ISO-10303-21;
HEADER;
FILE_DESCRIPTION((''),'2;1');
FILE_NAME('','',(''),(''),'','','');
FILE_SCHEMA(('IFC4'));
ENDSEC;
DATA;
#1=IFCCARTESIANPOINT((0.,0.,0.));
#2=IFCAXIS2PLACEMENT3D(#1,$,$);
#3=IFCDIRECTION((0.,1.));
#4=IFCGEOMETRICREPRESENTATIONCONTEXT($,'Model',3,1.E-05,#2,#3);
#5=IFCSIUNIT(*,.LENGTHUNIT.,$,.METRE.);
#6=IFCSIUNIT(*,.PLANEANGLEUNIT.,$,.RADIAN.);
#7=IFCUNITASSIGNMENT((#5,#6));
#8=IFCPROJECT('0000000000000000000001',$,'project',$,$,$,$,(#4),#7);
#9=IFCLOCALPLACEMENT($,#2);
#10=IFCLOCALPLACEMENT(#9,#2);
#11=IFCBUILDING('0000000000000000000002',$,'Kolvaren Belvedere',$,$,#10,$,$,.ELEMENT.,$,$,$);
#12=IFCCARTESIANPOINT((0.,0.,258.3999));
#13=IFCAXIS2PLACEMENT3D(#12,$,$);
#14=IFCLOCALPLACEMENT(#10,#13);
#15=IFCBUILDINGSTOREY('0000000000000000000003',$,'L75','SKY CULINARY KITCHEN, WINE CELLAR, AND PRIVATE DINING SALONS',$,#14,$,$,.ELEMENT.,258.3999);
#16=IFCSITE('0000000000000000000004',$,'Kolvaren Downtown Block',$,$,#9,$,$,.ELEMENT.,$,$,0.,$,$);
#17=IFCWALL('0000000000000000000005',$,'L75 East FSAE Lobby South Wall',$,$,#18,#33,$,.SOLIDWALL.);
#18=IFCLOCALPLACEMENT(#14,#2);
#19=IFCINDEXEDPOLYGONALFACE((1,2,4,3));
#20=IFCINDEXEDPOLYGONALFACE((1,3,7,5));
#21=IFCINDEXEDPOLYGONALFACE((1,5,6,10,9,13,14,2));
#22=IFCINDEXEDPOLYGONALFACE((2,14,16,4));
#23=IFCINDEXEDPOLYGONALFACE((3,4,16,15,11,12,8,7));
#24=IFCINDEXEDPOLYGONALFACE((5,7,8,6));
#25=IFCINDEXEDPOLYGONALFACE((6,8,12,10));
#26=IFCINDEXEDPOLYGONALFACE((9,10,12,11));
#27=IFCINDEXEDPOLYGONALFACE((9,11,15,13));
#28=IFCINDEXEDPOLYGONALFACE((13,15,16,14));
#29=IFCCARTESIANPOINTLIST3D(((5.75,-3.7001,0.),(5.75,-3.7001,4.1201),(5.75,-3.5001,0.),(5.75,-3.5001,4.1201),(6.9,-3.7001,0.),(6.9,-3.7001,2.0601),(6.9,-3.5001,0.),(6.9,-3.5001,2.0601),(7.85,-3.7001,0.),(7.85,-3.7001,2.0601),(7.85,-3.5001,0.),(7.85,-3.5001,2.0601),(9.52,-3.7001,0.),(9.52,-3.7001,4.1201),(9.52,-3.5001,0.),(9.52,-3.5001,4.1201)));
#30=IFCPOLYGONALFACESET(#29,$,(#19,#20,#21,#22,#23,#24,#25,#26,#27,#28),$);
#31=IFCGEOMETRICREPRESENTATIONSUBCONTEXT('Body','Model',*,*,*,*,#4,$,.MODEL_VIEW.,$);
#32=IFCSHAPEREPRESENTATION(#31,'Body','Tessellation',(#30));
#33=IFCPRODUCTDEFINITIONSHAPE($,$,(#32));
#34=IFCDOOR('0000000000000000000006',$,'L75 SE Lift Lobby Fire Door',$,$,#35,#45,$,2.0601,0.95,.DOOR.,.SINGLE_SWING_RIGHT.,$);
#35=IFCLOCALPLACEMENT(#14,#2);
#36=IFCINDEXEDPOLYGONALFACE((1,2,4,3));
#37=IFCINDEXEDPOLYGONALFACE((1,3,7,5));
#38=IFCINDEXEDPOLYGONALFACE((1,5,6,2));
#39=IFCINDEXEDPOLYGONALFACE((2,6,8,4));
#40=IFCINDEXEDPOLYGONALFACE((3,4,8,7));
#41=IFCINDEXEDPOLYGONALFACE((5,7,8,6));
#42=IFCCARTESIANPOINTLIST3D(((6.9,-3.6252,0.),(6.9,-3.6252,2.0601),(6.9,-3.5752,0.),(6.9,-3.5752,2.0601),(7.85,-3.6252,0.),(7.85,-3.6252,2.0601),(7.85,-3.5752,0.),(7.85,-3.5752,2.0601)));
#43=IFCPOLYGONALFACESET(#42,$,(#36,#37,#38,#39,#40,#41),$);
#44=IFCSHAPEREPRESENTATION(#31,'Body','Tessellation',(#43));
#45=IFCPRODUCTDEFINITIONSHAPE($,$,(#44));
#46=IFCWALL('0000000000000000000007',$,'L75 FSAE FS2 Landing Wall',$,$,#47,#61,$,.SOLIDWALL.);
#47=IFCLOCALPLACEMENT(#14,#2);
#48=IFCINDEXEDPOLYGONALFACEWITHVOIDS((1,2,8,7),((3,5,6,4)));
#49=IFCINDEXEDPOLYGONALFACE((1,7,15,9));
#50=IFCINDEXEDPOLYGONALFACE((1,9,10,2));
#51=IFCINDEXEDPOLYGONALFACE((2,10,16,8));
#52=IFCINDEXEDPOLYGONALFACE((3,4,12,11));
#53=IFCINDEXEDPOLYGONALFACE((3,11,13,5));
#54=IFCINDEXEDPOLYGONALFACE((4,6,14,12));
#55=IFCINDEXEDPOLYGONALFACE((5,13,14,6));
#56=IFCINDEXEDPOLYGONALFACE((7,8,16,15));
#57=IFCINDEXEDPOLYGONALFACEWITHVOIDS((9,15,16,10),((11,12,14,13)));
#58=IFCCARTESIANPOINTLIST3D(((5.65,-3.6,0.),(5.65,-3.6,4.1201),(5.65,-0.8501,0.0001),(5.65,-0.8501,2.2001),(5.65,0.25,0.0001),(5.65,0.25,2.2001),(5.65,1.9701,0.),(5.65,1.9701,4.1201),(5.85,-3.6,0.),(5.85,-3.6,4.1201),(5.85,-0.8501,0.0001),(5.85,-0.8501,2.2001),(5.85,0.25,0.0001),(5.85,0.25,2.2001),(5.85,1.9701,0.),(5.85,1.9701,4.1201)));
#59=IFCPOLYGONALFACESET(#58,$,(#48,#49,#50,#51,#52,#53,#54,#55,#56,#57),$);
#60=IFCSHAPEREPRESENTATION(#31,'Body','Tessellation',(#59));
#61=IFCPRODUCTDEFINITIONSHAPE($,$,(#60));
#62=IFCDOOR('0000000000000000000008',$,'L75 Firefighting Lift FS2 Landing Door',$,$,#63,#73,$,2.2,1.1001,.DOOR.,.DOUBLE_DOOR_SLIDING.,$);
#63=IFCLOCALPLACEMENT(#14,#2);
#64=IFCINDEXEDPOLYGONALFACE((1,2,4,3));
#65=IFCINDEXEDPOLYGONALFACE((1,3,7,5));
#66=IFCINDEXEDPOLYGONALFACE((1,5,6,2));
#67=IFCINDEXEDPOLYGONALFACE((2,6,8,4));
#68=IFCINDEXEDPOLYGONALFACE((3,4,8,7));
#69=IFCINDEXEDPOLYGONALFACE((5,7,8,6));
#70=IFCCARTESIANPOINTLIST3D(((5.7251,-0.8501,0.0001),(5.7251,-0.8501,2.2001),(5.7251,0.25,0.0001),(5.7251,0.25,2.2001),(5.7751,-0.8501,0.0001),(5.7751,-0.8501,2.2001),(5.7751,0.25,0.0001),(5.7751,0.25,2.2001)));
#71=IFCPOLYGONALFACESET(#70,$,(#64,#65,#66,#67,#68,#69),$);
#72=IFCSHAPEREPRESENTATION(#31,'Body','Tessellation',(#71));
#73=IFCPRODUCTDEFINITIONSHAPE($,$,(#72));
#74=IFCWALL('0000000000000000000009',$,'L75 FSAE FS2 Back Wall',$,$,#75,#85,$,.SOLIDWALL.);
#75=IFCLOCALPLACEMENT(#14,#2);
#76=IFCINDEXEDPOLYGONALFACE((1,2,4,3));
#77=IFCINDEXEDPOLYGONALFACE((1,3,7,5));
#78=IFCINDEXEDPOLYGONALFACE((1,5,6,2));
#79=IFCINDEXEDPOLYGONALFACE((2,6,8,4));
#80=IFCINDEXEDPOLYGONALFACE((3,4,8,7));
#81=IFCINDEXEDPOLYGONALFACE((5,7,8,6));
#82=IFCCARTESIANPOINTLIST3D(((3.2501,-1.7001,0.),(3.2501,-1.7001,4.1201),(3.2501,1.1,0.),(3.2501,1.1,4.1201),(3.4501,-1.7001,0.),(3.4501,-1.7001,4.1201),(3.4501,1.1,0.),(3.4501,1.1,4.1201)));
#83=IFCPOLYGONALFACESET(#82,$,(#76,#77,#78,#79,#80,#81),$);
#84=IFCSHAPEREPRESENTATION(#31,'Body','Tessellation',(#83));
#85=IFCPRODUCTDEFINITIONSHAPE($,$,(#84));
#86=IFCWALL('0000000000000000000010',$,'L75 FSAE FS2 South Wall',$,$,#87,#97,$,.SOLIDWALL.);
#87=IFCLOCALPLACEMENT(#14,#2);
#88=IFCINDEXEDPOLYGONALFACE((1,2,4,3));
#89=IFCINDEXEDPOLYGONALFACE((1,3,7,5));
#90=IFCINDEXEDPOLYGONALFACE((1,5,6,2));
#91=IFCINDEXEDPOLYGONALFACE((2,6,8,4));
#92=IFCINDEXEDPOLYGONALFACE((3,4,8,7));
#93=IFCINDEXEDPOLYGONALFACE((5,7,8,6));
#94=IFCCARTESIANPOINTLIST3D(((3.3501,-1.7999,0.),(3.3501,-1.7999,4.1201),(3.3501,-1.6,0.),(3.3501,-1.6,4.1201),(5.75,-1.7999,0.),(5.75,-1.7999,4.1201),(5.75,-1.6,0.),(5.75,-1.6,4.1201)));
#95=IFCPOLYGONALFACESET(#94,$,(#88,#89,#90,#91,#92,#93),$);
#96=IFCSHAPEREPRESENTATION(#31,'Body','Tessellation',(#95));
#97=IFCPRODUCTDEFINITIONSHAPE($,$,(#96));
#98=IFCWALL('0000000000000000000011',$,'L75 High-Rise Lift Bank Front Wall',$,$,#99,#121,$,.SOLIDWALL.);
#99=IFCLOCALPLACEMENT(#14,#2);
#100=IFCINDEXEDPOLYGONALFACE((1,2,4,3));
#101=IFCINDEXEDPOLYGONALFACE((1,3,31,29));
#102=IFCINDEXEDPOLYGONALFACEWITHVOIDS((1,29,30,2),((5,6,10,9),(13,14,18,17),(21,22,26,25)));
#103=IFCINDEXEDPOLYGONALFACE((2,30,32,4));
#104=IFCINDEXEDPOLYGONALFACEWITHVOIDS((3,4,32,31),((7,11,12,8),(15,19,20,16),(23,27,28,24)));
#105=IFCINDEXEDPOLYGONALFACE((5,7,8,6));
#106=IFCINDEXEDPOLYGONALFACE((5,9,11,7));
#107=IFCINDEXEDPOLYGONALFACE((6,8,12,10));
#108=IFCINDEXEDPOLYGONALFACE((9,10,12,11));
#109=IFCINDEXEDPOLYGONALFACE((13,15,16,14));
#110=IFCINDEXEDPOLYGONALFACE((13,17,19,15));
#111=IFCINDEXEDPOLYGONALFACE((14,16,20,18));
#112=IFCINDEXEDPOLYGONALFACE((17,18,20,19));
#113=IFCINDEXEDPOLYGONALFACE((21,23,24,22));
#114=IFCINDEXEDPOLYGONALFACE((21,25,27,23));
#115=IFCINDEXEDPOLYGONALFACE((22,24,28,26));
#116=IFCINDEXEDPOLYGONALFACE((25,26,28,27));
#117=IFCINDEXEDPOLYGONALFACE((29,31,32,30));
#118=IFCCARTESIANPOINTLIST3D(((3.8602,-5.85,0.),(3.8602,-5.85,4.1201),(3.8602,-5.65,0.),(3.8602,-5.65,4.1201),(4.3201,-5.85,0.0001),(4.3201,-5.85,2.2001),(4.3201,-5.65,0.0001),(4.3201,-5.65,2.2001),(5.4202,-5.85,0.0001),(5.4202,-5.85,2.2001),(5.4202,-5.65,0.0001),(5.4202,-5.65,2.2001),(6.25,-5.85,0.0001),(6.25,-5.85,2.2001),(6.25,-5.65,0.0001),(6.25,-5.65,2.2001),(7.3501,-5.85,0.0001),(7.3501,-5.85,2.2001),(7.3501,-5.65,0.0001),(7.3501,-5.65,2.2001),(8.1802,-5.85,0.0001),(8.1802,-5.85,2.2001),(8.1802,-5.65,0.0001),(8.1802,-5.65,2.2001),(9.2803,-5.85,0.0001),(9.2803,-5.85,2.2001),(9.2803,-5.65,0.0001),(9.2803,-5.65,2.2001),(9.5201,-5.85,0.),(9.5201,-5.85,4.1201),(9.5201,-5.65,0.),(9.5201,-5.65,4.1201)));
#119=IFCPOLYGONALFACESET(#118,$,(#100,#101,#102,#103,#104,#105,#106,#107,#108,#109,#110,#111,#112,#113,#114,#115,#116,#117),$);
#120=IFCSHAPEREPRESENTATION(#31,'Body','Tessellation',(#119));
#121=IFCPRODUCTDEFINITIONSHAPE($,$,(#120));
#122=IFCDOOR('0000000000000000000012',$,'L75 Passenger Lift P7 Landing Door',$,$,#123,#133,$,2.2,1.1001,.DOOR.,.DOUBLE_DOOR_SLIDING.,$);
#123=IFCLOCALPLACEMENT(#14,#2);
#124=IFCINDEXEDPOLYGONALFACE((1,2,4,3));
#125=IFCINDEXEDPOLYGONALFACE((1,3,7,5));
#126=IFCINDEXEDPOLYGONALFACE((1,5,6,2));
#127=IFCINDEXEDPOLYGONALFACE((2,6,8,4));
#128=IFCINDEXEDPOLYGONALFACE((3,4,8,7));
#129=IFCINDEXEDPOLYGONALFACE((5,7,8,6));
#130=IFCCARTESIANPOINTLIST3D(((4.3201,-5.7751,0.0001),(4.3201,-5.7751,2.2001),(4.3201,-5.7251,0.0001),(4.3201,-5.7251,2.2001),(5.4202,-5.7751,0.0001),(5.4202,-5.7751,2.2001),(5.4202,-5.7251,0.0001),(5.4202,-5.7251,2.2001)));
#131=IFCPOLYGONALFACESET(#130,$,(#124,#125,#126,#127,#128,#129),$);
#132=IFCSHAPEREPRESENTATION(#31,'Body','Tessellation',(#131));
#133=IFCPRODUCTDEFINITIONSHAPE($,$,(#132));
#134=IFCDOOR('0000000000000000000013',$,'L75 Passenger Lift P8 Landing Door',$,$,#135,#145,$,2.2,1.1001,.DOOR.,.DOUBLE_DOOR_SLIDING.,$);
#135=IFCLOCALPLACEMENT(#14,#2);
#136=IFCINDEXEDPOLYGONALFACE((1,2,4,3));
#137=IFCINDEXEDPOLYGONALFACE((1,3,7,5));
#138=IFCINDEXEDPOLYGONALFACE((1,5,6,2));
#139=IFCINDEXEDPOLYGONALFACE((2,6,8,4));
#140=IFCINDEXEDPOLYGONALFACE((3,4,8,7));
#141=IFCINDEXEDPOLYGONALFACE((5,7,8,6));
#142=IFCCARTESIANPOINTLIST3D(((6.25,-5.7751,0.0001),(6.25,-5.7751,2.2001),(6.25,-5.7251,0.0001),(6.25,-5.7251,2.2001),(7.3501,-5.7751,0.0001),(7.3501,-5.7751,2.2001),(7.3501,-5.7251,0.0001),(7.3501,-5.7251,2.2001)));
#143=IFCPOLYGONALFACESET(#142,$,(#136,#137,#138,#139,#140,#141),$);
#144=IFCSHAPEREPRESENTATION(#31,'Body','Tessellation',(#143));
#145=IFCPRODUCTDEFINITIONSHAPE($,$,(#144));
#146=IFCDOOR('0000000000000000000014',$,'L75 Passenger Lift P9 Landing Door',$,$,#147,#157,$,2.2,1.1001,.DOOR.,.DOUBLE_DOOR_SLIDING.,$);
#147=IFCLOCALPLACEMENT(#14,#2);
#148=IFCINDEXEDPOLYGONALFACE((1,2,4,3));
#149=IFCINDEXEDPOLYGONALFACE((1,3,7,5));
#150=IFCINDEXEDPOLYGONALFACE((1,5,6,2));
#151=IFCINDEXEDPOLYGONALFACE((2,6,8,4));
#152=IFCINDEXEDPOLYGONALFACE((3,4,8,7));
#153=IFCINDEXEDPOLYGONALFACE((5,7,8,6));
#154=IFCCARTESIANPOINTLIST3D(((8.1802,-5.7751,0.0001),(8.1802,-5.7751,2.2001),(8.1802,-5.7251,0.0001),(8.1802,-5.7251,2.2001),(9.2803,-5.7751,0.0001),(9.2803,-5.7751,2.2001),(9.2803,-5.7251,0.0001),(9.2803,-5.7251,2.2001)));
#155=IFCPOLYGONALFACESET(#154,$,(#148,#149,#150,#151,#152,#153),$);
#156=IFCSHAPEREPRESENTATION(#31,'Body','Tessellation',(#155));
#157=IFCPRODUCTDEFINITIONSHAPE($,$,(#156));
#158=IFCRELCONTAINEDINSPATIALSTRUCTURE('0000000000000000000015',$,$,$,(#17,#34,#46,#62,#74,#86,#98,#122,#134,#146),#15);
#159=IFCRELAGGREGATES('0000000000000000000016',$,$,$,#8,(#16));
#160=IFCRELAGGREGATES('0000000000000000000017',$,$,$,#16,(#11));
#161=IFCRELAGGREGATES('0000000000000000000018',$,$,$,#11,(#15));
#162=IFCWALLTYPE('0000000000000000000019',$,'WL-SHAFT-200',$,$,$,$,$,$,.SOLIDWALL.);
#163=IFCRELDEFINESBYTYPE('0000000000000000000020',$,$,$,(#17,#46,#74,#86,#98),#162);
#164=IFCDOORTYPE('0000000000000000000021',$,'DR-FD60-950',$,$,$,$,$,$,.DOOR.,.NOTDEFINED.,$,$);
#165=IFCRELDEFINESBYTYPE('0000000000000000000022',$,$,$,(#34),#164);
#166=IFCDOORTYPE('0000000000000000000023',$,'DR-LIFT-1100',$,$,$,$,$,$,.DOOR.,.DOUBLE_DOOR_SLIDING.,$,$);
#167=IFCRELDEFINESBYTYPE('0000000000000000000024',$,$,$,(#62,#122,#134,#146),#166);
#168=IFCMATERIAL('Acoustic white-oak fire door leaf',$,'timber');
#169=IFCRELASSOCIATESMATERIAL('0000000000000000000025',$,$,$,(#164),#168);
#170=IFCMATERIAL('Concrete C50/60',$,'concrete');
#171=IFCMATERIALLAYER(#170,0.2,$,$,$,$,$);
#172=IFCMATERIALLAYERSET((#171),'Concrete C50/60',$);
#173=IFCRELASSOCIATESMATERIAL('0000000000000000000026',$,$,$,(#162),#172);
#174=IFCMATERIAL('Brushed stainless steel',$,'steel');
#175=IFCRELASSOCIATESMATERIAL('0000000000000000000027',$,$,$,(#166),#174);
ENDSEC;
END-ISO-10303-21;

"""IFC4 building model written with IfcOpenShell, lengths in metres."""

from ifc_helpers import new_model, si_unit, direction, frame, frame_2d, origin, place, context, subcontext, project, spatial, rectangle, extrude, material, layer, layer_set, type_object, element, fill, save


model = new_model("IFC4")

# Units and contexts
model_context = context("Model", 3, precision=1e-05, world=origin(), true_north=direction((0.0, 1.0)))
body_context = subcontext(model_context, "Body", "Model", "MODEL_VIEW")
ifc_project = project(units=[si_unit("LENGTHUNIT", "METRE"), si_unit("PLANEANGLEUNIT", "RADIAN")], contexts=[model_context])

# Site, building, storey
site_placement = place(None, origin())
site = spatial("IfcSite", under=ifc_project, at=site_placement, Name="Kolvaren Downtown Block", CompositionType="ELEMENT", RefElevation=0.0)
building_placement = place(site_placement, origin())
building = spatial("IfcBuilding", under=site, at=building_placement, Name="Kolvaren Belvedere", CompositionType="ELEMENT")
storey_placement = place(building_placement, frame((0.0, 0.0, 258.3999)))
storey = spatial("IfcBuildingStorey", under=building, at=storey_placement, Name="L75", Description="SKY CULINARY KITCHEN, WINE CELLAR, AND PRIVATE DINING SALONS", CompositionType="ELEMENT", Elevation=258.3999)

# Walls, openings, doors
ifc_material_1 = material(Name="Acoustic white-oak fire door leaf", Category="timber")
door_type_1 = type_object("IfcDoorType", Name="DR-FD60-950", OperationType="NOTDEFINED", PredefinedType="DOOR", material=ifc_material_1)
ifc_material_2 = material(Name="Concrete C50/60", Category="concrete")
ifc_layer_1 = layer(ifc_material_2, 0.2)
ifc_layer_set_1 = layer_set([ifc_layer_1], Name="Concrete C50/60")
wall_type_1 = type_object("IfcWallType", Name="WL-SHAFT-200", PredefinedType="SOLIDWALL", material=ifc_layer_set_1)
wall_1_placement = place(storey_placement, frame((5.75, -3.6001, 0.0), z_axis=(0.0, 0.0, 1.0), x_axis=(1.0, 0.0, 0.0)))
wall_1 = element("IfcWall", 1, at=wall_1_placement, inside=storey, type_object=wall_type_1, Name="L75 East FSAE Lobby South Wall", PredefinedType="SOLIDWALL", context=body_context, shape_type="SweptSolid", body=[
    extrude(rectangle(XDim=3.77, YDim=0.2, at=frame_2d((1.885, 0.0))), origin(), (0.0, 0.0, 1.0), 4.1201),
])
opening_1_placement = place(wall_1_placement, frame((1.1499, 0.0, 0.0)))
opening_1 = element("IfcOpeningElement", 2, at=opening_1_placement, cuts=wall_1, PredefinedType="OPENING", context=body_context, shape_type="SweptSolid", body=[
    extrude(rectangle(XDim=0.95, YDim=2.0601, at=frame_2d((0.4751, 1.03))), frame((0.0, 0.1099, 0.0), z_axis=(0.0, -1.0, 0.0), x_axis=(1.0, 0.0, 0.0)), (0.0, 0.0, 1.0), 0.22),
])
door_1_placement = place(opening_1_placement, origin())
door_1 = element("IfcDoor", 3, at=door_1_placement, inside=storey, type_object=door_type_1, Name="L75 SE Lift Lobby Fire Door", OperationType="SINGLE_SWING_RIGHT", OverallHeight=2.0601, OverallWidth=0.95, PredefinedType="DOOR", context=body_context, shape_type="SweptSolid", body=[
    extrude(rectangle(XDim=0.95, YDim=2.0601, at=frame_2d((0.4751, 1.03))), frame((0.0, 0.0249, 0.0), z_axis=(0.0, -1.0, 0.0), x_axis=(1.0, 0.0, 0.0)), (0.0, 0.0, 1.0), 0.05),
])
fill(opening_1, door_1)
wall_2_placement = place(storey_placement, frame((5.75, -3.6001, 0.0), z_axis=(0.0, 0.0, 1.0), x_axis=(0.0, 1.0, 0.0)))
wall_2 = element("IfcWall", 4, at=wall_2_placement, inside=storey, type_object=wall_type_1, Name="L75 FSAE FS2 Landing Wall", PredefinedType="SOLIDWALL", context=body_context, shape_type="SweptSolid", body=[
    extrude(rectangle(XDim=5.5701, YDim=0.2, at=frame_2d((2.7852, 0.0))), origin(), (0.0, 0.0, 1.0), 4.1201),
])
opening_2_placement = place(wall_2_placement, frame((2.75, 0.0, 0.0)))
opening_2 = element("IfcOpeningElement", 5, at=opening_2_placement, cuts=wall_2, PredefinedType="OPENING", context=body_context, shape_type="SweptSolid", body=[
    extrude(rectangle(XDim=1.1001, YDim=2.2, at=frame_2d((0.55, 1.1001))), frame((0.0, 0.1099, 0.0), z_axis=(0.0, -1.0, 0.0), x_axis=(1.0, 0.0, 0.0)), (0.0, 0.0, 1.0), 0.22),
])
ifc_material_3 = material(Name="Brushed stainless steel", Category="steel")
door_type_2 = type_object("IfcDoorType", Name="DR-LIFT-1100", OperationType="DOUBLE_DOOR_SLIDING", PredefinedType="DOOR", material=ifc_material_3)
door_2_placement = place(opening_2_placement, origin())
door_2 = element("IfcDoor", 6, at=door_2_placement, inside=storey, type_object=door_type_2, Name="L75 Firefighting Lift FS2 Landing Door", OperationType="DOUBLE_DOOR_SLIDING", OverallHeight=2.2, OverallWidth=1.1001, PredefinedType="DOOR", context=body_context, shape_type="SweptSolid", body=[
    extrude(rectangle(XDim=1.1001, YDim=2.2, at=frame_2d((0.55, 1.1001))), frame((0.0, 0.0249, 0.0), z_axis=(0.0, -1.0, 0.0), x_axis=(1.0, 0.0, 0.0)), (0.0, 0.0, 1.0), 0.05),
])
fill(opening_2, door_2)

# Walls
wall_3_placement = place(storey_placement, frame((3.3501, -1.7, 0.0), z_axis=(0.0, 0.0, 1.0), x_axis=(0.0, 1.0, 0.0)))
element("IfcWall", 7, at=wall_3_placement, inside=storey, type_object=wall_type_1, Name="L75 FSAE FS2 Back Wall", PredefinedType="SOLIDWALL", context=body_context, shape_type="SweptSolid", body=[
    extrude(rectangle(XDim=2.8, YDim=0.2, at=frame_2d((1.3999, 0.0))), origin(), (0.0, 0.0, 1.0), 4.1201),
])
wall_4_placement = place(storey_placement, frame((3.3501, -1.7, 0.0), z_axis=(0.0, 0.0, 1.0), x_axis=(1.0, 0.0, 0.0)))
element("IfcWall", 8, at=wall_4_placement, inside=storey, type_object=wall_type_1, Name="L75 FSAE FS2 South Wall", PredefinedType="SOLIDWALL", context=body_context, shape_type="SweptSolid", body=[
    extrude(rectangle(XDim=2.3999, YDim=0.2, at=frame_2d((1.2, 0.0))), origin(), (0.0, 0.0, 1.0), 4.1201),
])

# Wall, openings, doors
wall_5_placement = place(storey_placement, frame((3.8601, -5.75, 0.0), z_axis=(0.0, 0.0, 1.0), x_axis=(1.0, 0.0, 0.0)))
wall_5 = element("IfcWall", 9, at=wall_5_placement, inside=storey, type_object=wall_type_1, Name="L75 High-Rise Lift Bank Front Wall", PredefinedType="SOLIDWALL", context=body_context, shape_type="SweptSolid", body=[
    extrude(rectangle(XDim=5.6599, YDim=0.2, at=frame_2d((2.8301, 0.0))), origin(), (0.0, 0.0, 1.0), 4.1201),
])
opening_3_placement = place(wall_5_placement, frame((0.46, 0.0, 0.0)))
opening_3 = element("IfcOpeningElement", 10, at=opening_3_placement, cuts=wall_5, PredefinedType="OPENING", context=body_context, shape_type="SweptSolid", body=[
    extrude(rectangle(XDim=1.1001, YDim=2.2, at=frame_2d((0.55, 1.1001))), frame((0.0, 0.1099, 0.0), z_axis=(0.0, -1.0, 0.0), x_axis=(1.0, 0.0, 0.0)), (0.0, 0.0, 1.0), 0.22),
])
opening_4_placement = place(wall_5_placement, frame((2.3899, 0.0, 0.0)))
opening_4 = element("IfcOpeningElement", 11, at=opening_4_placement, cuts=wall_5, PredefinedType="OPENING", context=body_context, shape_type="SweptSolid", body=[
    extrude(rectangle(XDim=1.1001, YDim=2.2, at=frame_2d((0.55, 1.1001))), frame((0.0, 0.1099, 0.0), z_axis=(0.0, -1.0, 0.0), x_axis=(1.0, 0.0, 0.0)), (0.0, 0.0, 1.0), 0.22),
])
opening_5_placement = place(wall_5_placement, frame((4.3201, 0.0, 0.0)))
opening_5 = element("IfcOpeningElement", 12, at=opening_5_placement, cuts=wall_5, PredefinedType="OPENING", context=body_context, shape_type="SweptSolid", body=[
    extrude(rectangle(XDim=1.1001, YDim=2.2, at=frame_2d((0.55, 1.1001))), frame((0.0, 0.1099, 0.0), z_axis=(0.0, -1.0, 0.0), x_axis=(1.0, 0.0, 0.0)), (0.0, 0.0, 1.0), 0.22),
])
door_3_placement = place(opening_3_placement, origin())
door_3 = element("IfcDoor", 13, at=door_3_placement, inside=storey, type_object=door_type_2, Name="L75 Passenger Lift P7 Landing Door", OperationType="DOUBLE_DOOR_SLIDING", OverallHeight=2.2, OverallWidth=1.1001, PredefinedType="DOOR", context=body_context, shape_type="SweptSolid", body=[
    extrude(rectangle(XDim=1.1001, YDim=2.2, at=frame_2d((0.55, 1.1001))), frame((0.0, 0.0249, 0.0), z_axis=(0.0, -1.0, 0.0), x_axis=(1.0, 0.0, 0.0)), (0.0, 0.0, 1.0), 0.05),
])
fill(opening_3, door_3)
door_4_placement = place(opening_4_placement, origin())
door_4 = element("IfcDoor", 14, at=door_4_placement, inside=storey, type_object=door_type_2, Name="L75 Passenger Lift P8 Landing Door", OperationType="DOUBLE_DOOR_SLIDING", OverallHeight=2.2, OverallWidth=1.1001, PredefinedType="DOOR", context=body_context, shape_type="SweptSolid", body=[
    extrude(rectangle(XDim=1.1001, YDim=2.2, at=frame_2d((0.55, 1.1001))), frame((0.0, 0.0249, 0.0), z_axis=(0.0, -1.0, 0.0), x_axis=(1.0, 0.0, 0.0)), (0.0, 0.0, 1.0), 0.05),
])
fill(opening_4, door_4)
door_5_placement = place(opening_5_placement, origin())
door_5 = element("IfcDoor", 15, at=door_5_placement, inside=storey, type_object=door_type_2, Name="L75 Passenger Lift P9 Landing Door", OperationType="DOUBLE_DOOR_SLIDING", OverallHeight=2.2, OverallWidth=1.1001, PredefinedType="DOOR", context=body_context, shape_type="SweptSolid", body=[
    extrude(rectangle(XDim=1.1001, YDim=2.2, at=frame_2d((0.55, 1.1001))), frame((0.0, 0.0249, 0.0), z_axis=(0.0, -1.0, 0.0), x_axis=(1.0, 0.0, 0.0)), (0.0, 0.0, 1.0), 0.05),
])
fill(opening_5, door_5)

save(model, "model.ifc")
